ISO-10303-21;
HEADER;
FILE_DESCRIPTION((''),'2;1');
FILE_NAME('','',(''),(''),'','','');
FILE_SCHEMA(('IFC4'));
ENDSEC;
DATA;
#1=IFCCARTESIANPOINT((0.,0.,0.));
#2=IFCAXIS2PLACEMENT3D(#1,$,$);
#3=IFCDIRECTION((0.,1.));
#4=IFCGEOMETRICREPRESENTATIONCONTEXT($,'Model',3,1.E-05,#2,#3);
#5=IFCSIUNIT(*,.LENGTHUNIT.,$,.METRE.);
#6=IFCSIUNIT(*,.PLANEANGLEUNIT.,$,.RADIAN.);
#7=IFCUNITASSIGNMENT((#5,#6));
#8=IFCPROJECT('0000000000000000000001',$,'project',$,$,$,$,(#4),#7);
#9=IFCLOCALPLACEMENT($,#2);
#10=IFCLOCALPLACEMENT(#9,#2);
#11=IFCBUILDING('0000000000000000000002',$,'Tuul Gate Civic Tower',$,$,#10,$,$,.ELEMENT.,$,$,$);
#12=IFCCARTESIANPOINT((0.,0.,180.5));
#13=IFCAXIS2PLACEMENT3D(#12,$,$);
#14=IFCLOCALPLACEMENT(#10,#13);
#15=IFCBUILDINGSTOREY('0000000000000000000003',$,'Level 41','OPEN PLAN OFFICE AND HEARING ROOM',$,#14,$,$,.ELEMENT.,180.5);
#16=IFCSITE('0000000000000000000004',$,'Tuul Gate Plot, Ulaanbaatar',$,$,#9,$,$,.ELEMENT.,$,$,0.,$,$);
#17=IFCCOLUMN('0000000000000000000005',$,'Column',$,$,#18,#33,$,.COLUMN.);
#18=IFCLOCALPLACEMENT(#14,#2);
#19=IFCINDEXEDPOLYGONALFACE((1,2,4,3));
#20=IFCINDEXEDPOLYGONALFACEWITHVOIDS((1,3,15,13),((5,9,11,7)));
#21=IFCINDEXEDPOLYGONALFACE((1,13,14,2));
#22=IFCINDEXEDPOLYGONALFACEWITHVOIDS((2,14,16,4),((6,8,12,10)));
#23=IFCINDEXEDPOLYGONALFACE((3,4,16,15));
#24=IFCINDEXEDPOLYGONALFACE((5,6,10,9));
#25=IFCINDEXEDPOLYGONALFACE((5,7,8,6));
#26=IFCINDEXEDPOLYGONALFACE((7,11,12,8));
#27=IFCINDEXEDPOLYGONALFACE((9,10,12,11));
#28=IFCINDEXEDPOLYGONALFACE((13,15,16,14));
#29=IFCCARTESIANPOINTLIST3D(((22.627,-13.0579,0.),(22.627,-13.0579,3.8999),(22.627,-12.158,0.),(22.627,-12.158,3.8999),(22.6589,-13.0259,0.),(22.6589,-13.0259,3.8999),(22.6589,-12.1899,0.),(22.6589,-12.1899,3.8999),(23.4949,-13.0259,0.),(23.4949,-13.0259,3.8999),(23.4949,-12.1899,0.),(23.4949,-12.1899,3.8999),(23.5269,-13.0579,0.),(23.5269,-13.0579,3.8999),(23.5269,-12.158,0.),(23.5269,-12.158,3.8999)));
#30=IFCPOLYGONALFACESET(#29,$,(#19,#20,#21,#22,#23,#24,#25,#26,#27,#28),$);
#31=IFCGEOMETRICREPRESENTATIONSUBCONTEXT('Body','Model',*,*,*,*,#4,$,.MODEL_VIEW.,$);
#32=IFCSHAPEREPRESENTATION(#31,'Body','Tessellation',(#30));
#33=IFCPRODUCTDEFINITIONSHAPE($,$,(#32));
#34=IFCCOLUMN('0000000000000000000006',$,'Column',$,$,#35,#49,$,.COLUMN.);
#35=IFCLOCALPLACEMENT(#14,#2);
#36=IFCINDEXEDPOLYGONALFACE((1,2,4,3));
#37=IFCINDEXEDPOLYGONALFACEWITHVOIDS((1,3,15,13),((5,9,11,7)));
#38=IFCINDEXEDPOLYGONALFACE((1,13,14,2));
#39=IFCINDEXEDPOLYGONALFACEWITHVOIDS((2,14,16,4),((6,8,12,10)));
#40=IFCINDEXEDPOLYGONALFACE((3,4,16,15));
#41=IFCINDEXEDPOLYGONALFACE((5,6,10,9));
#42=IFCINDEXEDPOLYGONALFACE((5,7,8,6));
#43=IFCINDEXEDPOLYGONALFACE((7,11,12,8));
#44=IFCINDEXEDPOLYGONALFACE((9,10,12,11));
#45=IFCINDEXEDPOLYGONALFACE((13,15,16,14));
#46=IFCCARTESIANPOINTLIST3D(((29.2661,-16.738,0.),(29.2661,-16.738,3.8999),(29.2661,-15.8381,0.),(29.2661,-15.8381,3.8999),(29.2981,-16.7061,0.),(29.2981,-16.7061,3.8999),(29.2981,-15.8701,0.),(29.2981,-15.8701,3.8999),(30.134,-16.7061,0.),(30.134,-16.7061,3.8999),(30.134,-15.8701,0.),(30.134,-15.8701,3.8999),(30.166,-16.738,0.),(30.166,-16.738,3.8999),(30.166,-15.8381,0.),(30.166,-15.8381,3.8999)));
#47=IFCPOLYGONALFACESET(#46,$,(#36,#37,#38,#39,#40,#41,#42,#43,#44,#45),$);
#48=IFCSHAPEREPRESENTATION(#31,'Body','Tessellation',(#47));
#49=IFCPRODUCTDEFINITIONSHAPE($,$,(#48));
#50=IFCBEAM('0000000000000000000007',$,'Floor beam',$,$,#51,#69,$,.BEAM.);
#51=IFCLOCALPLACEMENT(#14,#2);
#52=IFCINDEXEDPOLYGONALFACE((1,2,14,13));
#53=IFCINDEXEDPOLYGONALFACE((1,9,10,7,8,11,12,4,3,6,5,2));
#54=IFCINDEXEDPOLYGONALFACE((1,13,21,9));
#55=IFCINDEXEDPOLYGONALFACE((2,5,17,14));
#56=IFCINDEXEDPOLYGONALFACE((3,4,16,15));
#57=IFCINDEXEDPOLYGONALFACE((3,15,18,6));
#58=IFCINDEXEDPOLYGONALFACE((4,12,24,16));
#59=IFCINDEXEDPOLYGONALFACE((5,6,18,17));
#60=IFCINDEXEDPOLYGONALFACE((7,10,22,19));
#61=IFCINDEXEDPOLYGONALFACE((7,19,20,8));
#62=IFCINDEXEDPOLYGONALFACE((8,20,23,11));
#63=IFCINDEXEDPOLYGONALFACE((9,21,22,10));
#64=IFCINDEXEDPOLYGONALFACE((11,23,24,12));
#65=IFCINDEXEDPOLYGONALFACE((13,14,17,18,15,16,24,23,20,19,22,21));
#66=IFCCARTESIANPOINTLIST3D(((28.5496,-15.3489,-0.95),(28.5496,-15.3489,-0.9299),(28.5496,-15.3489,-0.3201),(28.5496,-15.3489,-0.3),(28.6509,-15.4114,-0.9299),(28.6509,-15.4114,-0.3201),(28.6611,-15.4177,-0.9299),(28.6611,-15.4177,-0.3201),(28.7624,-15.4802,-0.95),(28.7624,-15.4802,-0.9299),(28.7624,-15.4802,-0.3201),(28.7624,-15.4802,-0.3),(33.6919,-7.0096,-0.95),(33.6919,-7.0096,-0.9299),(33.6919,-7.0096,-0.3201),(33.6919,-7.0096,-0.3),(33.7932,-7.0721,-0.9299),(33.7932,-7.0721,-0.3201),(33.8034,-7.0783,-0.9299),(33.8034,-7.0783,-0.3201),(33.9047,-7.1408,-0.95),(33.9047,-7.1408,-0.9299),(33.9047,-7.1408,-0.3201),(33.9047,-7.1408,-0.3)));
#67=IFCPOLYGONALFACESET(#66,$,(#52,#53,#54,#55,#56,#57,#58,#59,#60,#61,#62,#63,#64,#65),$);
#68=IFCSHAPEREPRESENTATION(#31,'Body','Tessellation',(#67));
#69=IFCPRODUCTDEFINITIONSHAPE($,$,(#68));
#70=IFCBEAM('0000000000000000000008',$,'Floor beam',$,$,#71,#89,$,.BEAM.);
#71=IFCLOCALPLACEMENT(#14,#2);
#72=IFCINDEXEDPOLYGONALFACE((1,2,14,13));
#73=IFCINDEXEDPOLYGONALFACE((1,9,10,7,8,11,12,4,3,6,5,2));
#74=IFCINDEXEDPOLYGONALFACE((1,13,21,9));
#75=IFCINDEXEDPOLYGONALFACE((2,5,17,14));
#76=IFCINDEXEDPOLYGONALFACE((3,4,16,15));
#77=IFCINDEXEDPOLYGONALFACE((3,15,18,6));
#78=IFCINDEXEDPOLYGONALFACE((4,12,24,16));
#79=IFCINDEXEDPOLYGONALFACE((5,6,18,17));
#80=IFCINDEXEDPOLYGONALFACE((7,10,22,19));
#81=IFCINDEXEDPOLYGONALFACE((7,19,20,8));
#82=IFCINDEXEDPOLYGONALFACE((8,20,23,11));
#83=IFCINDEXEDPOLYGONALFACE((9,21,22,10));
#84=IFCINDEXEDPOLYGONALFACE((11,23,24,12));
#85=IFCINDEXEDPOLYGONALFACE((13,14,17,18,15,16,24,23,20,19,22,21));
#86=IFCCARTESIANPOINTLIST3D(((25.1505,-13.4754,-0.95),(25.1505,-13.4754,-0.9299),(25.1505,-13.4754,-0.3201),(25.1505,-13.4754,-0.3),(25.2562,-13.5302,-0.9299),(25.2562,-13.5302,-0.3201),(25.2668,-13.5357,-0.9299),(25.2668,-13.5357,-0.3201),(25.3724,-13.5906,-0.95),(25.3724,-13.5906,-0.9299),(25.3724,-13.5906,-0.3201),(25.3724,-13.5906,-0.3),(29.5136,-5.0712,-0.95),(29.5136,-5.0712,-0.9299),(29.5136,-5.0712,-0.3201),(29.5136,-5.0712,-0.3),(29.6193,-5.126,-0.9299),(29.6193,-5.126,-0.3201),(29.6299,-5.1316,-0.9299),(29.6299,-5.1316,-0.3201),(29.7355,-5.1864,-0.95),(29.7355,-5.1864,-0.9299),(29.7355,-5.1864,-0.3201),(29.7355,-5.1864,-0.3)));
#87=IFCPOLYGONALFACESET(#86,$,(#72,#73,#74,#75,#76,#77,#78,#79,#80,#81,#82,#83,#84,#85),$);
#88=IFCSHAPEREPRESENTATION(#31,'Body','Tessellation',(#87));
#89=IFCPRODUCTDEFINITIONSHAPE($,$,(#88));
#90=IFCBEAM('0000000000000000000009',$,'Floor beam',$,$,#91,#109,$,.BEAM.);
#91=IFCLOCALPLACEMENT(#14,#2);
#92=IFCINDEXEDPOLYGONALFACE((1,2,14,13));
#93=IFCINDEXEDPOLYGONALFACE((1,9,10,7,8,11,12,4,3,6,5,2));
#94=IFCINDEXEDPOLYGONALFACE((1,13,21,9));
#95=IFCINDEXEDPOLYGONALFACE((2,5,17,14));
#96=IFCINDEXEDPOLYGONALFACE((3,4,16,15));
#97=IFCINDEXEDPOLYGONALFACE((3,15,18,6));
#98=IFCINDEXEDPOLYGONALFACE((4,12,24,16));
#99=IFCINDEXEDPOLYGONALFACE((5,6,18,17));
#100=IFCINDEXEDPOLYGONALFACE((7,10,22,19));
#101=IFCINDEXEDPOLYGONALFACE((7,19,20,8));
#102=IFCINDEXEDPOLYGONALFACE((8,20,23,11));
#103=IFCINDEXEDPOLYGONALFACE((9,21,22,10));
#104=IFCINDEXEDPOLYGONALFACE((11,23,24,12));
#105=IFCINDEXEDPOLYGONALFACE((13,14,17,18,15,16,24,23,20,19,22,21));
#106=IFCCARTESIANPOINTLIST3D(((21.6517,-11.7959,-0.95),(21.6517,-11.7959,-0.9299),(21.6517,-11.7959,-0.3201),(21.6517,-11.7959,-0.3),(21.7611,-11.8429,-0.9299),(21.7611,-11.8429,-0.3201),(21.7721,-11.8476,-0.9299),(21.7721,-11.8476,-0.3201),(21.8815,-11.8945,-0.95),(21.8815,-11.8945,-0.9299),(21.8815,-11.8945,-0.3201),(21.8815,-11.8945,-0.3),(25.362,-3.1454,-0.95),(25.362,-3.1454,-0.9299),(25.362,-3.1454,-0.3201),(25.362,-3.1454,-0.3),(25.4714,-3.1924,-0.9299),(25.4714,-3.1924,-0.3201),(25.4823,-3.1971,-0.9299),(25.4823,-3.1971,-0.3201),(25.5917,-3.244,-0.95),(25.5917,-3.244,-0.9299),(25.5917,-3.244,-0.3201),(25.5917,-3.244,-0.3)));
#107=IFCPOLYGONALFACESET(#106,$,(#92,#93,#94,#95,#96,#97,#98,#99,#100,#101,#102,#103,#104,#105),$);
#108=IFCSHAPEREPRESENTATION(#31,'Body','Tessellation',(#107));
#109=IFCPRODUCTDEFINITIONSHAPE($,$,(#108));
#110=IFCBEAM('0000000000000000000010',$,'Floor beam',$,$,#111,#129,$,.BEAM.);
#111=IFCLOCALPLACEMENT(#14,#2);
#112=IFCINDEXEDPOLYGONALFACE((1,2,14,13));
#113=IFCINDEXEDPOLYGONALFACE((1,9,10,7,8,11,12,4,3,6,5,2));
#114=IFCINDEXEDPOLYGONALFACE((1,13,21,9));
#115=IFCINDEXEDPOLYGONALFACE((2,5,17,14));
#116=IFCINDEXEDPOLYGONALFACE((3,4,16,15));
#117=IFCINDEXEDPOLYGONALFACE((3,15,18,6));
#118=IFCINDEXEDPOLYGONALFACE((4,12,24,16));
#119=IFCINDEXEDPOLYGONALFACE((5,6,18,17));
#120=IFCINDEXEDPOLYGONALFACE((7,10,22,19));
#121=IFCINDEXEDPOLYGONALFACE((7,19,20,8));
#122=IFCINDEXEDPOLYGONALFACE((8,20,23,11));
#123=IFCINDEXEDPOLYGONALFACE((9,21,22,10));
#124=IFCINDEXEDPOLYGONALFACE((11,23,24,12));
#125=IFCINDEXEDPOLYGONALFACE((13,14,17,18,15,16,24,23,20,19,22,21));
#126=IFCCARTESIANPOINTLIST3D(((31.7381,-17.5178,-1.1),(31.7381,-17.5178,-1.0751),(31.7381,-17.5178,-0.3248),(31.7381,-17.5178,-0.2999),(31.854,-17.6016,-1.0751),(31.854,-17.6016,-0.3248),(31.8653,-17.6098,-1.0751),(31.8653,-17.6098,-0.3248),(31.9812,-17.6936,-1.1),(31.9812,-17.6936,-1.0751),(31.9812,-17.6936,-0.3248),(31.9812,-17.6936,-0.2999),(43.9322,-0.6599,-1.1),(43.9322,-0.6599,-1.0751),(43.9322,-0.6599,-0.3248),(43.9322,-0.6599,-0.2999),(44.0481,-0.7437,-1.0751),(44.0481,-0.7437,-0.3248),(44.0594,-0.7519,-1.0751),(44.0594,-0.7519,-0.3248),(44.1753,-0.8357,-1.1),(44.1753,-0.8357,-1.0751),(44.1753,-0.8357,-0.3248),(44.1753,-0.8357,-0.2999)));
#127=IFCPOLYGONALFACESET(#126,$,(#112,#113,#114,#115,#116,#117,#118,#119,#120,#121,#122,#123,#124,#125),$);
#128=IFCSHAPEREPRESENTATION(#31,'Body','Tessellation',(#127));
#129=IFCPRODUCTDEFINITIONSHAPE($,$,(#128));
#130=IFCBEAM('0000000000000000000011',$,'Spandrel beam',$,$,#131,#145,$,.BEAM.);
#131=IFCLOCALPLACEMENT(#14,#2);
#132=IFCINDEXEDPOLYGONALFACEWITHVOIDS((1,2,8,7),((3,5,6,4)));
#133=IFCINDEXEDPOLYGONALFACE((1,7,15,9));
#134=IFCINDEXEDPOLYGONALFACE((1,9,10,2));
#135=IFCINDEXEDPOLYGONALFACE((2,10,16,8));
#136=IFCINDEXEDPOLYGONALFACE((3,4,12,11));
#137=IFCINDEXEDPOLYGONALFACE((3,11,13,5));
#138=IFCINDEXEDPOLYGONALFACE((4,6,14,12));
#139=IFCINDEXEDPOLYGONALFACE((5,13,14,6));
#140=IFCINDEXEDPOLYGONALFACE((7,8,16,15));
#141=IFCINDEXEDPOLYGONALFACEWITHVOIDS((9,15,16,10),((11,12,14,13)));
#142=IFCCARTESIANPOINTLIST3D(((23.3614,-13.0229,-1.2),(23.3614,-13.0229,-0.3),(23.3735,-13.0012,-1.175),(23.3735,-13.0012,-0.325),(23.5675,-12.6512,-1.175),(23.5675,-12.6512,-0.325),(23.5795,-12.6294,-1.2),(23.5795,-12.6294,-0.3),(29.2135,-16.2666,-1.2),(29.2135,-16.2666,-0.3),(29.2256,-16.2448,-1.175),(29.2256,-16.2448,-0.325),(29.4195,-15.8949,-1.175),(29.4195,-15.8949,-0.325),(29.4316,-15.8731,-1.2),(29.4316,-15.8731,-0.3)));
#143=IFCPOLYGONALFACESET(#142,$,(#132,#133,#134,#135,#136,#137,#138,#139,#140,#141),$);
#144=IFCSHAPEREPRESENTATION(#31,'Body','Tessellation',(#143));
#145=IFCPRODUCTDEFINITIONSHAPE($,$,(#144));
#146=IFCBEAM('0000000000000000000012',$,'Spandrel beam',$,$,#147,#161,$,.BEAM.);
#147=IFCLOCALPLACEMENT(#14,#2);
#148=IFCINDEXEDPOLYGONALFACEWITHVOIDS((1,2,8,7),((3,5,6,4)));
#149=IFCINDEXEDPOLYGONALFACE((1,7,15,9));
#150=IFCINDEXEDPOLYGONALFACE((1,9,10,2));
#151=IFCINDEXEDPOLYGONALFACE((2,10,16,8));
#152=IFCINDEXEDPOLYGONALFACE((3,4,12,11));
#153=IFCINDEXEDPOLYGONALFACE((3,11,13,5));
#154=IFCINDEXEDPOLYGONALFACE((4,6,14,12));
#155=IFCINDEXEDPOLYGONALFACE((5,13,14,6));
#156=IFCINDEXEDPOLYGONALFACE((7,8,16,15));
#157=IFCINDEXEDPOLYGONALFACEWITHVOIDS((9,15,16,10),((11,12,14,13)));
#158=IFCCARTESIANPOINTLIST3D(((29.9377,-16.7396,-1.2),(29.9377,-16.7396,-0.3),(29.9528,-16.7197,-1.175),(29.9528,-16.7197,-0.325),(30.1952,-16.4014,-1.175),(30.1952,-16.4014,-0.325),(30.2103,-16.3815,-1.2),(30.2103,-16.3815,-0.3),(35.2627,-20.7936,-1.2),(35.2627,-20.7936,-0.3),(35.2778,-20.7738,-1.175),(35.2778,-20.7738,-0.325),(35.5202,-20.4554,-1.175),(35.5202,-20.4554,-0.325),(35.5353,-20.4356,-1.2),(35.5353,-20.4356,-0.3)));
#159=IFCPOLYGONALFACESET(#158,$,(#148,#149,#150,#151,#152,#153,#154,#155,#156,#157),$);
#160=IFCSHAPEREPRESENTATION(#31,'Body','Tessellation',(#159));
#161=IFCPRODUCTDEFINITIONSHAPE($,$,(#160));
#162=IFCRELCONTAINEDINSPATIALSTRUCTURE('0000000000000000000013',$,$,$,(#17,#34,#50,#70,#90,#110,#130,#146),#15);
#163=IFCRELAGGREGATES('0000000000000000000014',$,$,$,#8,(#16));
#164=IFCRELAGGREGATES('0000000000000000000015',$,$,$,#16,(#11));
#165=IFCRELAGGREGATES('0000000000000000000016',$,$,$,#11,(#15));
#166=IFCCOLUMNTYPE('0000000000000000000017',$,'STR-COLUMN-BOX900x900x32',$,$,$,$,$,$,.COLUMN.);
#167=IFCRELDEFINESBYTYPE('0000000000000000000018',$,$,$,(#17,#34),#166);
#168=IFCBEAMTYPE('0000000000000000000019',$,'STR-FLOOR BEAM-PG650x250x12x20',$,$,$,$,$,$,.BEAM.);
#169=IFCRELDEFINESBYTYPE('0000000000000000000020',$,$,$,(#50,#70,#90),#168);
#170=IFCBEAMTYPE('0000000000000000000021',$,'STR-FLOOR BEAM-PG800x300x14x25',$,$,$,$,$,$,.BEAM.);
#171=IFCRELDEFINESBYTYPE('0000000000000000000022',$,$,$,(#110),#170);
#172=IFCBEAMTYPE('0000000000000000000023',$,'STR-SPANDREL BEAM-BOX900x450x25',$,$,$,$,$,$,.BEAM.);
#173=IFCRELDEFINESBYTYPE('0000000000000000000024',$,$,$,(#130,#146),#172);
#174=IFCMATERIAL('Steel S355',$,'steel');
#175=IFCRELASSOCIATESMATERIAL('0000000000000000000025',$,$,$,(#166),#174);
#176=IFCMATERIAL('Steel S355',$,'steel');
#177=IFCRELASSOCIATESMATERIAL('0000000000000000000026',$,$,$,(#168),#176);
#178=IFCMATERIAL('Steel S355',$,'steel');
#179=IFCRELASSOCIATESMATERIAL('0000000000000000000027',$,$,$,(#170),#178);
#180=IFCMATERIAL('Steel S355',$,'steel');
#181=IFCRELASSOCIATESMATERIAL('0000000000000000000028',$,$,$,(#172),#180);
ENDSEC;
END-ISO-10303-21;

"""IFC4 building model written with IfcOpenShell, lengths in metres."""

from ifc_helpers import new_model, si_unit, direction, frame, origin, origin_2d, place, context, subcontext, project, spatial, hollow_rectangle, i_section, extrude, material, material_profile, profile_set, type_object, element, save


model = new_model("IFC4")

# Units and contexts
model_context = context("Model", 3, precision=1e-05, world=origin(), true_north=direction((0.0, 1.0)))
body_context = subcontext(model_context, "Body", "Model", "MODEL_VIEW")
ifc_project = project(units=[si_unit("LENGTHUNIT", "METRE"), si_unit("PLANEANGLEUNIT", "RADIAN")], contexts=[model_context])

# Site, building, storey
site_placement = place(None, origin())
site = spatial("IfcSite", under=ifc_project, at=site_placement, Name="Tuul Gate Plot, Ulaanbaatar", CompositionType="ELEMENT", RefElevation=0.0)
building_placement = place(site_placement, origin())
building = spatial("IfcBuilding", under=site, at=building_placement, Name="Tuul Gate Civic Tower", CompositionType="ELEMENT")
storey_placement = place(building_placement, frame((0.0, 0.0, 180.5)))
storey = spatial("IfcBuildingStorey", under=building, at=storey_placement, Name="Level 41", Description="OPEN PLAN OFFICE AND HEARING ROOM", CompositionType="ELEMENT", Elevation=180.5)

# Columns
ifc_material_1 = material(Name="Steel S355", Category="steel")
ifc_material_profile_1 = material_profile(ifc_material_1, hollow_rectangle(XDim=0.8999, YDim=0.8999, WallThickness=0.032, at=origin_2d()), Name="BOX900x900x32")
ifc_profile_set_1 = profile_set([ifc_material_profile_1], Name="Steel S355")
column_type = type_object("IfcColumnType", Name="STR-COLUMN-BOX900x900x32", PredefinedType="COLUMN", material=ifc_profile_set_1)
for number, where, z_axis, x_axis, name in (
    (1, (23.0769, -12.6079, 0.0), (0.0, 0.0, 1.0), (1.0, 0.0, 0.0), "Column"),
    (2, (29.7161, -16.2881, 0.0), (0.0, 0.0, 1.0), (1.0, 0.0, 0.0), "Column"),
):
    element("IfcColumn", number, at=place(storey_placement, frame(where, z_axis=z_axis, x_axis=x_axis)), inside=storey, type_object=column_type, Name=name, PredefinedType="COLUMN", context=body_context, shape_type="SweptSolid", body=[
        extrude(hollow_rectangle(XDim=0.8999, YDim=0.8999, WallThickness=0.032, at=origin_2d()), origin(), (0.0, 0.0, 1.0), 3.8999),
    ])

# Beams
ifc_material_2 = material(Name="Steel S355", Category="steel")
ifc_material_profile_2 = material_profile(ifc_material_2, i_section(OverallWidth=0.25, OverallDepth=0.6499, WebThickness=0.012, FlangeThickness=0.02, at=origin_2d()), Name="PG650x250x12x20")
ifc_profile_set_2 = profile_set([ifc_material_profile_2], Name="Steel S355")
beam_type_1 = type_object("IfcBeamType", Name="STR-FLOOR BEAM-PG650x250x12x20", PredefinedType="BEAM", material=ifc_profile_set_2)
beam_1_placement = place(storey_placement, frame((28.656, -15.4146, -0.625), z_axis=(0.524869, 0.851183, 0.0), x_axis=(-0.851183, 0.524869, 0.0)))
element("IfcBeam", 3, at=beam_1_placement, inside=storey, type_object=beam_type_1, Name="Floor beam", PredefinedType="BEAM", context=body_context, shape_type="SweptSolid", body=[
    extrude(i_section(OverallWidth=0.25, OverallDepth=0.6499, WebThickness=0.012, FlangeThickness=0.02, at=origin_2d()), origin(), (0.0, 0.0, 1.0), 9.7974),
])
beam_2_placement = place(storey_placement, frame((25.2615, -13.533, -0.625), z_axis=(0.460765, 0.887522, 0.0), x_axis=(-0.887522, 0.460765, 0.0)))
element("IfcBeam", 4, at=beam_2_placement, inside=storey, type_object=beam_type_1, Name="Floor beam", PredefinedType="BEAM", context=body_context, shape_type="SweptSolid", body=[
    extrude(i_section(OverallWidth=0.25, OverallDepth=0.6499, WebThickness=0.012, FlangeThickness=0.02, at=origin_2d()), origin(), (0.0, 0.0, 1.0), 9.4692),
])
beam_3_placement = place(storey_placement, frame((21.7666, -11.8452, -0.625), z_axis=(0.394179, 0.919034, 0.0), x_axis=(-0.919034, 0.394179, 0.0)))
element("IfcBeam", 5, at=beam_3_placement, inside=storey, type_object=beam_type_1, Name="Floor beam", PredefinedType="BEAM", context=body_context, shape_type="SweptSolid", body=[
    extrude(i_section(OverallWidth=0.25, OverallDepth=0.6499, WebThickness=0.012, FlangeThickness=0.02, at=origin_2d()), origin(), (0.0, 0.0, 1.0), 9.4126),
])
ifc_material_3 = material(Name="Steel S355", Category="steel")
ifc_material_profile_3 = material_profile(ifc_material_3, i_section(OverallWidth=0.3, OverallDepth=0.8, WebThickness=0.0139, FlangeThickness=0.0249, at=origin_2d()), Name="PG800x300x14x25")
ifc_profile_set_3 = profile_set([ifc_material_profile_3], Name="Steel S355")
beam_type_2 = type_object("IfcBeamType", Name="STR-FLOOR BEAM-PG800x300x14x25", PredefinedType="BEAM", material=ifc_profile_set_3)
beam_4_placement = place(storey_placement, frame((31.8596, -17.6057, -0.7), z_axis=(0.586088, 0.810247, 0.0), x_axis=(-0.810247, 0.586088, 0.0)))
element("IfcBeam", 6, at=beam_4_placement, inside=storey, type_object=beam_type_2, Name="Floor beam", PredefinedType="BEAM", context=body_context, shape_type="SweptSolid", body=[
    extrude(i_section(OverallWidth=0.3, OverallDepth=0.8, WebThickness=0.0139, FlangeThickness=0.0249, at=origin_2d()), origin(), (0.0, 0.0, 1.0), 20.8059),
])
ifc_material_4 = material(Name="Steel S355", Category="steel")
ifc_material_profile_4 = material_profile(ifc_material_4, hollow_rectangle(XDim=0.45, YDim=0.8999, WallThickness=0.0249, at=origin_2d()), Name="BOX900x450x25")
ifc_profile_set_4 = profile_set([ifc_material_profile_4], Name="Steel S355")
beam_type_3 = type_object("IfcBeamType", Name="STR-SPANDREL BEAM-BOX900x450x25", PredefinedType="BEAM", material=ifc_profile_set_4)
beam_5_placement = place(storey_placement, frame((23.4705, -12.8262, -0.75), z_axis=(0.874632, -0.484788, 0.0), x_axis=(0.484788, 0.874632, 0.0)))
element("IfcBeam", 7, at=beam_5_placement, inside=storey, type_object=beam_type_3, Name="Spandrel beam", PredefinedType="BEAM", context=body_context, shape_type="SweptSolid", body=[
    extrude(hollow_rectangle(XDim=0.45, YDim=0.8999, WallThickness=0.0249, at=origin_2d()), origin(), (0.0, 0.0, 1.0), 6.6909),
])
beam_6_placement = place(storey_placement, frame((30.074, -16.5605, -0.75), z_axis=(0.795659, -0.605745, 0.0), x_axis=(0.605745, 0.795659, 0.0)))
element("IfcBeam", 8, at=beam_6_placement, inside=storey, type_object=beam_type_3, Name="Spandrel beam", PredefinedType="BEAM", context=body_context, shape_type="SweptSolid", body=[
    extrude(hollow_rectangle(XDim=0.45, YDim=0.8999, WallThickness=0.0249, at=origin_2d()), origin(), (0.0, 0.0, 1.0), 6.6926),
])

save(model, "model.ifc")
